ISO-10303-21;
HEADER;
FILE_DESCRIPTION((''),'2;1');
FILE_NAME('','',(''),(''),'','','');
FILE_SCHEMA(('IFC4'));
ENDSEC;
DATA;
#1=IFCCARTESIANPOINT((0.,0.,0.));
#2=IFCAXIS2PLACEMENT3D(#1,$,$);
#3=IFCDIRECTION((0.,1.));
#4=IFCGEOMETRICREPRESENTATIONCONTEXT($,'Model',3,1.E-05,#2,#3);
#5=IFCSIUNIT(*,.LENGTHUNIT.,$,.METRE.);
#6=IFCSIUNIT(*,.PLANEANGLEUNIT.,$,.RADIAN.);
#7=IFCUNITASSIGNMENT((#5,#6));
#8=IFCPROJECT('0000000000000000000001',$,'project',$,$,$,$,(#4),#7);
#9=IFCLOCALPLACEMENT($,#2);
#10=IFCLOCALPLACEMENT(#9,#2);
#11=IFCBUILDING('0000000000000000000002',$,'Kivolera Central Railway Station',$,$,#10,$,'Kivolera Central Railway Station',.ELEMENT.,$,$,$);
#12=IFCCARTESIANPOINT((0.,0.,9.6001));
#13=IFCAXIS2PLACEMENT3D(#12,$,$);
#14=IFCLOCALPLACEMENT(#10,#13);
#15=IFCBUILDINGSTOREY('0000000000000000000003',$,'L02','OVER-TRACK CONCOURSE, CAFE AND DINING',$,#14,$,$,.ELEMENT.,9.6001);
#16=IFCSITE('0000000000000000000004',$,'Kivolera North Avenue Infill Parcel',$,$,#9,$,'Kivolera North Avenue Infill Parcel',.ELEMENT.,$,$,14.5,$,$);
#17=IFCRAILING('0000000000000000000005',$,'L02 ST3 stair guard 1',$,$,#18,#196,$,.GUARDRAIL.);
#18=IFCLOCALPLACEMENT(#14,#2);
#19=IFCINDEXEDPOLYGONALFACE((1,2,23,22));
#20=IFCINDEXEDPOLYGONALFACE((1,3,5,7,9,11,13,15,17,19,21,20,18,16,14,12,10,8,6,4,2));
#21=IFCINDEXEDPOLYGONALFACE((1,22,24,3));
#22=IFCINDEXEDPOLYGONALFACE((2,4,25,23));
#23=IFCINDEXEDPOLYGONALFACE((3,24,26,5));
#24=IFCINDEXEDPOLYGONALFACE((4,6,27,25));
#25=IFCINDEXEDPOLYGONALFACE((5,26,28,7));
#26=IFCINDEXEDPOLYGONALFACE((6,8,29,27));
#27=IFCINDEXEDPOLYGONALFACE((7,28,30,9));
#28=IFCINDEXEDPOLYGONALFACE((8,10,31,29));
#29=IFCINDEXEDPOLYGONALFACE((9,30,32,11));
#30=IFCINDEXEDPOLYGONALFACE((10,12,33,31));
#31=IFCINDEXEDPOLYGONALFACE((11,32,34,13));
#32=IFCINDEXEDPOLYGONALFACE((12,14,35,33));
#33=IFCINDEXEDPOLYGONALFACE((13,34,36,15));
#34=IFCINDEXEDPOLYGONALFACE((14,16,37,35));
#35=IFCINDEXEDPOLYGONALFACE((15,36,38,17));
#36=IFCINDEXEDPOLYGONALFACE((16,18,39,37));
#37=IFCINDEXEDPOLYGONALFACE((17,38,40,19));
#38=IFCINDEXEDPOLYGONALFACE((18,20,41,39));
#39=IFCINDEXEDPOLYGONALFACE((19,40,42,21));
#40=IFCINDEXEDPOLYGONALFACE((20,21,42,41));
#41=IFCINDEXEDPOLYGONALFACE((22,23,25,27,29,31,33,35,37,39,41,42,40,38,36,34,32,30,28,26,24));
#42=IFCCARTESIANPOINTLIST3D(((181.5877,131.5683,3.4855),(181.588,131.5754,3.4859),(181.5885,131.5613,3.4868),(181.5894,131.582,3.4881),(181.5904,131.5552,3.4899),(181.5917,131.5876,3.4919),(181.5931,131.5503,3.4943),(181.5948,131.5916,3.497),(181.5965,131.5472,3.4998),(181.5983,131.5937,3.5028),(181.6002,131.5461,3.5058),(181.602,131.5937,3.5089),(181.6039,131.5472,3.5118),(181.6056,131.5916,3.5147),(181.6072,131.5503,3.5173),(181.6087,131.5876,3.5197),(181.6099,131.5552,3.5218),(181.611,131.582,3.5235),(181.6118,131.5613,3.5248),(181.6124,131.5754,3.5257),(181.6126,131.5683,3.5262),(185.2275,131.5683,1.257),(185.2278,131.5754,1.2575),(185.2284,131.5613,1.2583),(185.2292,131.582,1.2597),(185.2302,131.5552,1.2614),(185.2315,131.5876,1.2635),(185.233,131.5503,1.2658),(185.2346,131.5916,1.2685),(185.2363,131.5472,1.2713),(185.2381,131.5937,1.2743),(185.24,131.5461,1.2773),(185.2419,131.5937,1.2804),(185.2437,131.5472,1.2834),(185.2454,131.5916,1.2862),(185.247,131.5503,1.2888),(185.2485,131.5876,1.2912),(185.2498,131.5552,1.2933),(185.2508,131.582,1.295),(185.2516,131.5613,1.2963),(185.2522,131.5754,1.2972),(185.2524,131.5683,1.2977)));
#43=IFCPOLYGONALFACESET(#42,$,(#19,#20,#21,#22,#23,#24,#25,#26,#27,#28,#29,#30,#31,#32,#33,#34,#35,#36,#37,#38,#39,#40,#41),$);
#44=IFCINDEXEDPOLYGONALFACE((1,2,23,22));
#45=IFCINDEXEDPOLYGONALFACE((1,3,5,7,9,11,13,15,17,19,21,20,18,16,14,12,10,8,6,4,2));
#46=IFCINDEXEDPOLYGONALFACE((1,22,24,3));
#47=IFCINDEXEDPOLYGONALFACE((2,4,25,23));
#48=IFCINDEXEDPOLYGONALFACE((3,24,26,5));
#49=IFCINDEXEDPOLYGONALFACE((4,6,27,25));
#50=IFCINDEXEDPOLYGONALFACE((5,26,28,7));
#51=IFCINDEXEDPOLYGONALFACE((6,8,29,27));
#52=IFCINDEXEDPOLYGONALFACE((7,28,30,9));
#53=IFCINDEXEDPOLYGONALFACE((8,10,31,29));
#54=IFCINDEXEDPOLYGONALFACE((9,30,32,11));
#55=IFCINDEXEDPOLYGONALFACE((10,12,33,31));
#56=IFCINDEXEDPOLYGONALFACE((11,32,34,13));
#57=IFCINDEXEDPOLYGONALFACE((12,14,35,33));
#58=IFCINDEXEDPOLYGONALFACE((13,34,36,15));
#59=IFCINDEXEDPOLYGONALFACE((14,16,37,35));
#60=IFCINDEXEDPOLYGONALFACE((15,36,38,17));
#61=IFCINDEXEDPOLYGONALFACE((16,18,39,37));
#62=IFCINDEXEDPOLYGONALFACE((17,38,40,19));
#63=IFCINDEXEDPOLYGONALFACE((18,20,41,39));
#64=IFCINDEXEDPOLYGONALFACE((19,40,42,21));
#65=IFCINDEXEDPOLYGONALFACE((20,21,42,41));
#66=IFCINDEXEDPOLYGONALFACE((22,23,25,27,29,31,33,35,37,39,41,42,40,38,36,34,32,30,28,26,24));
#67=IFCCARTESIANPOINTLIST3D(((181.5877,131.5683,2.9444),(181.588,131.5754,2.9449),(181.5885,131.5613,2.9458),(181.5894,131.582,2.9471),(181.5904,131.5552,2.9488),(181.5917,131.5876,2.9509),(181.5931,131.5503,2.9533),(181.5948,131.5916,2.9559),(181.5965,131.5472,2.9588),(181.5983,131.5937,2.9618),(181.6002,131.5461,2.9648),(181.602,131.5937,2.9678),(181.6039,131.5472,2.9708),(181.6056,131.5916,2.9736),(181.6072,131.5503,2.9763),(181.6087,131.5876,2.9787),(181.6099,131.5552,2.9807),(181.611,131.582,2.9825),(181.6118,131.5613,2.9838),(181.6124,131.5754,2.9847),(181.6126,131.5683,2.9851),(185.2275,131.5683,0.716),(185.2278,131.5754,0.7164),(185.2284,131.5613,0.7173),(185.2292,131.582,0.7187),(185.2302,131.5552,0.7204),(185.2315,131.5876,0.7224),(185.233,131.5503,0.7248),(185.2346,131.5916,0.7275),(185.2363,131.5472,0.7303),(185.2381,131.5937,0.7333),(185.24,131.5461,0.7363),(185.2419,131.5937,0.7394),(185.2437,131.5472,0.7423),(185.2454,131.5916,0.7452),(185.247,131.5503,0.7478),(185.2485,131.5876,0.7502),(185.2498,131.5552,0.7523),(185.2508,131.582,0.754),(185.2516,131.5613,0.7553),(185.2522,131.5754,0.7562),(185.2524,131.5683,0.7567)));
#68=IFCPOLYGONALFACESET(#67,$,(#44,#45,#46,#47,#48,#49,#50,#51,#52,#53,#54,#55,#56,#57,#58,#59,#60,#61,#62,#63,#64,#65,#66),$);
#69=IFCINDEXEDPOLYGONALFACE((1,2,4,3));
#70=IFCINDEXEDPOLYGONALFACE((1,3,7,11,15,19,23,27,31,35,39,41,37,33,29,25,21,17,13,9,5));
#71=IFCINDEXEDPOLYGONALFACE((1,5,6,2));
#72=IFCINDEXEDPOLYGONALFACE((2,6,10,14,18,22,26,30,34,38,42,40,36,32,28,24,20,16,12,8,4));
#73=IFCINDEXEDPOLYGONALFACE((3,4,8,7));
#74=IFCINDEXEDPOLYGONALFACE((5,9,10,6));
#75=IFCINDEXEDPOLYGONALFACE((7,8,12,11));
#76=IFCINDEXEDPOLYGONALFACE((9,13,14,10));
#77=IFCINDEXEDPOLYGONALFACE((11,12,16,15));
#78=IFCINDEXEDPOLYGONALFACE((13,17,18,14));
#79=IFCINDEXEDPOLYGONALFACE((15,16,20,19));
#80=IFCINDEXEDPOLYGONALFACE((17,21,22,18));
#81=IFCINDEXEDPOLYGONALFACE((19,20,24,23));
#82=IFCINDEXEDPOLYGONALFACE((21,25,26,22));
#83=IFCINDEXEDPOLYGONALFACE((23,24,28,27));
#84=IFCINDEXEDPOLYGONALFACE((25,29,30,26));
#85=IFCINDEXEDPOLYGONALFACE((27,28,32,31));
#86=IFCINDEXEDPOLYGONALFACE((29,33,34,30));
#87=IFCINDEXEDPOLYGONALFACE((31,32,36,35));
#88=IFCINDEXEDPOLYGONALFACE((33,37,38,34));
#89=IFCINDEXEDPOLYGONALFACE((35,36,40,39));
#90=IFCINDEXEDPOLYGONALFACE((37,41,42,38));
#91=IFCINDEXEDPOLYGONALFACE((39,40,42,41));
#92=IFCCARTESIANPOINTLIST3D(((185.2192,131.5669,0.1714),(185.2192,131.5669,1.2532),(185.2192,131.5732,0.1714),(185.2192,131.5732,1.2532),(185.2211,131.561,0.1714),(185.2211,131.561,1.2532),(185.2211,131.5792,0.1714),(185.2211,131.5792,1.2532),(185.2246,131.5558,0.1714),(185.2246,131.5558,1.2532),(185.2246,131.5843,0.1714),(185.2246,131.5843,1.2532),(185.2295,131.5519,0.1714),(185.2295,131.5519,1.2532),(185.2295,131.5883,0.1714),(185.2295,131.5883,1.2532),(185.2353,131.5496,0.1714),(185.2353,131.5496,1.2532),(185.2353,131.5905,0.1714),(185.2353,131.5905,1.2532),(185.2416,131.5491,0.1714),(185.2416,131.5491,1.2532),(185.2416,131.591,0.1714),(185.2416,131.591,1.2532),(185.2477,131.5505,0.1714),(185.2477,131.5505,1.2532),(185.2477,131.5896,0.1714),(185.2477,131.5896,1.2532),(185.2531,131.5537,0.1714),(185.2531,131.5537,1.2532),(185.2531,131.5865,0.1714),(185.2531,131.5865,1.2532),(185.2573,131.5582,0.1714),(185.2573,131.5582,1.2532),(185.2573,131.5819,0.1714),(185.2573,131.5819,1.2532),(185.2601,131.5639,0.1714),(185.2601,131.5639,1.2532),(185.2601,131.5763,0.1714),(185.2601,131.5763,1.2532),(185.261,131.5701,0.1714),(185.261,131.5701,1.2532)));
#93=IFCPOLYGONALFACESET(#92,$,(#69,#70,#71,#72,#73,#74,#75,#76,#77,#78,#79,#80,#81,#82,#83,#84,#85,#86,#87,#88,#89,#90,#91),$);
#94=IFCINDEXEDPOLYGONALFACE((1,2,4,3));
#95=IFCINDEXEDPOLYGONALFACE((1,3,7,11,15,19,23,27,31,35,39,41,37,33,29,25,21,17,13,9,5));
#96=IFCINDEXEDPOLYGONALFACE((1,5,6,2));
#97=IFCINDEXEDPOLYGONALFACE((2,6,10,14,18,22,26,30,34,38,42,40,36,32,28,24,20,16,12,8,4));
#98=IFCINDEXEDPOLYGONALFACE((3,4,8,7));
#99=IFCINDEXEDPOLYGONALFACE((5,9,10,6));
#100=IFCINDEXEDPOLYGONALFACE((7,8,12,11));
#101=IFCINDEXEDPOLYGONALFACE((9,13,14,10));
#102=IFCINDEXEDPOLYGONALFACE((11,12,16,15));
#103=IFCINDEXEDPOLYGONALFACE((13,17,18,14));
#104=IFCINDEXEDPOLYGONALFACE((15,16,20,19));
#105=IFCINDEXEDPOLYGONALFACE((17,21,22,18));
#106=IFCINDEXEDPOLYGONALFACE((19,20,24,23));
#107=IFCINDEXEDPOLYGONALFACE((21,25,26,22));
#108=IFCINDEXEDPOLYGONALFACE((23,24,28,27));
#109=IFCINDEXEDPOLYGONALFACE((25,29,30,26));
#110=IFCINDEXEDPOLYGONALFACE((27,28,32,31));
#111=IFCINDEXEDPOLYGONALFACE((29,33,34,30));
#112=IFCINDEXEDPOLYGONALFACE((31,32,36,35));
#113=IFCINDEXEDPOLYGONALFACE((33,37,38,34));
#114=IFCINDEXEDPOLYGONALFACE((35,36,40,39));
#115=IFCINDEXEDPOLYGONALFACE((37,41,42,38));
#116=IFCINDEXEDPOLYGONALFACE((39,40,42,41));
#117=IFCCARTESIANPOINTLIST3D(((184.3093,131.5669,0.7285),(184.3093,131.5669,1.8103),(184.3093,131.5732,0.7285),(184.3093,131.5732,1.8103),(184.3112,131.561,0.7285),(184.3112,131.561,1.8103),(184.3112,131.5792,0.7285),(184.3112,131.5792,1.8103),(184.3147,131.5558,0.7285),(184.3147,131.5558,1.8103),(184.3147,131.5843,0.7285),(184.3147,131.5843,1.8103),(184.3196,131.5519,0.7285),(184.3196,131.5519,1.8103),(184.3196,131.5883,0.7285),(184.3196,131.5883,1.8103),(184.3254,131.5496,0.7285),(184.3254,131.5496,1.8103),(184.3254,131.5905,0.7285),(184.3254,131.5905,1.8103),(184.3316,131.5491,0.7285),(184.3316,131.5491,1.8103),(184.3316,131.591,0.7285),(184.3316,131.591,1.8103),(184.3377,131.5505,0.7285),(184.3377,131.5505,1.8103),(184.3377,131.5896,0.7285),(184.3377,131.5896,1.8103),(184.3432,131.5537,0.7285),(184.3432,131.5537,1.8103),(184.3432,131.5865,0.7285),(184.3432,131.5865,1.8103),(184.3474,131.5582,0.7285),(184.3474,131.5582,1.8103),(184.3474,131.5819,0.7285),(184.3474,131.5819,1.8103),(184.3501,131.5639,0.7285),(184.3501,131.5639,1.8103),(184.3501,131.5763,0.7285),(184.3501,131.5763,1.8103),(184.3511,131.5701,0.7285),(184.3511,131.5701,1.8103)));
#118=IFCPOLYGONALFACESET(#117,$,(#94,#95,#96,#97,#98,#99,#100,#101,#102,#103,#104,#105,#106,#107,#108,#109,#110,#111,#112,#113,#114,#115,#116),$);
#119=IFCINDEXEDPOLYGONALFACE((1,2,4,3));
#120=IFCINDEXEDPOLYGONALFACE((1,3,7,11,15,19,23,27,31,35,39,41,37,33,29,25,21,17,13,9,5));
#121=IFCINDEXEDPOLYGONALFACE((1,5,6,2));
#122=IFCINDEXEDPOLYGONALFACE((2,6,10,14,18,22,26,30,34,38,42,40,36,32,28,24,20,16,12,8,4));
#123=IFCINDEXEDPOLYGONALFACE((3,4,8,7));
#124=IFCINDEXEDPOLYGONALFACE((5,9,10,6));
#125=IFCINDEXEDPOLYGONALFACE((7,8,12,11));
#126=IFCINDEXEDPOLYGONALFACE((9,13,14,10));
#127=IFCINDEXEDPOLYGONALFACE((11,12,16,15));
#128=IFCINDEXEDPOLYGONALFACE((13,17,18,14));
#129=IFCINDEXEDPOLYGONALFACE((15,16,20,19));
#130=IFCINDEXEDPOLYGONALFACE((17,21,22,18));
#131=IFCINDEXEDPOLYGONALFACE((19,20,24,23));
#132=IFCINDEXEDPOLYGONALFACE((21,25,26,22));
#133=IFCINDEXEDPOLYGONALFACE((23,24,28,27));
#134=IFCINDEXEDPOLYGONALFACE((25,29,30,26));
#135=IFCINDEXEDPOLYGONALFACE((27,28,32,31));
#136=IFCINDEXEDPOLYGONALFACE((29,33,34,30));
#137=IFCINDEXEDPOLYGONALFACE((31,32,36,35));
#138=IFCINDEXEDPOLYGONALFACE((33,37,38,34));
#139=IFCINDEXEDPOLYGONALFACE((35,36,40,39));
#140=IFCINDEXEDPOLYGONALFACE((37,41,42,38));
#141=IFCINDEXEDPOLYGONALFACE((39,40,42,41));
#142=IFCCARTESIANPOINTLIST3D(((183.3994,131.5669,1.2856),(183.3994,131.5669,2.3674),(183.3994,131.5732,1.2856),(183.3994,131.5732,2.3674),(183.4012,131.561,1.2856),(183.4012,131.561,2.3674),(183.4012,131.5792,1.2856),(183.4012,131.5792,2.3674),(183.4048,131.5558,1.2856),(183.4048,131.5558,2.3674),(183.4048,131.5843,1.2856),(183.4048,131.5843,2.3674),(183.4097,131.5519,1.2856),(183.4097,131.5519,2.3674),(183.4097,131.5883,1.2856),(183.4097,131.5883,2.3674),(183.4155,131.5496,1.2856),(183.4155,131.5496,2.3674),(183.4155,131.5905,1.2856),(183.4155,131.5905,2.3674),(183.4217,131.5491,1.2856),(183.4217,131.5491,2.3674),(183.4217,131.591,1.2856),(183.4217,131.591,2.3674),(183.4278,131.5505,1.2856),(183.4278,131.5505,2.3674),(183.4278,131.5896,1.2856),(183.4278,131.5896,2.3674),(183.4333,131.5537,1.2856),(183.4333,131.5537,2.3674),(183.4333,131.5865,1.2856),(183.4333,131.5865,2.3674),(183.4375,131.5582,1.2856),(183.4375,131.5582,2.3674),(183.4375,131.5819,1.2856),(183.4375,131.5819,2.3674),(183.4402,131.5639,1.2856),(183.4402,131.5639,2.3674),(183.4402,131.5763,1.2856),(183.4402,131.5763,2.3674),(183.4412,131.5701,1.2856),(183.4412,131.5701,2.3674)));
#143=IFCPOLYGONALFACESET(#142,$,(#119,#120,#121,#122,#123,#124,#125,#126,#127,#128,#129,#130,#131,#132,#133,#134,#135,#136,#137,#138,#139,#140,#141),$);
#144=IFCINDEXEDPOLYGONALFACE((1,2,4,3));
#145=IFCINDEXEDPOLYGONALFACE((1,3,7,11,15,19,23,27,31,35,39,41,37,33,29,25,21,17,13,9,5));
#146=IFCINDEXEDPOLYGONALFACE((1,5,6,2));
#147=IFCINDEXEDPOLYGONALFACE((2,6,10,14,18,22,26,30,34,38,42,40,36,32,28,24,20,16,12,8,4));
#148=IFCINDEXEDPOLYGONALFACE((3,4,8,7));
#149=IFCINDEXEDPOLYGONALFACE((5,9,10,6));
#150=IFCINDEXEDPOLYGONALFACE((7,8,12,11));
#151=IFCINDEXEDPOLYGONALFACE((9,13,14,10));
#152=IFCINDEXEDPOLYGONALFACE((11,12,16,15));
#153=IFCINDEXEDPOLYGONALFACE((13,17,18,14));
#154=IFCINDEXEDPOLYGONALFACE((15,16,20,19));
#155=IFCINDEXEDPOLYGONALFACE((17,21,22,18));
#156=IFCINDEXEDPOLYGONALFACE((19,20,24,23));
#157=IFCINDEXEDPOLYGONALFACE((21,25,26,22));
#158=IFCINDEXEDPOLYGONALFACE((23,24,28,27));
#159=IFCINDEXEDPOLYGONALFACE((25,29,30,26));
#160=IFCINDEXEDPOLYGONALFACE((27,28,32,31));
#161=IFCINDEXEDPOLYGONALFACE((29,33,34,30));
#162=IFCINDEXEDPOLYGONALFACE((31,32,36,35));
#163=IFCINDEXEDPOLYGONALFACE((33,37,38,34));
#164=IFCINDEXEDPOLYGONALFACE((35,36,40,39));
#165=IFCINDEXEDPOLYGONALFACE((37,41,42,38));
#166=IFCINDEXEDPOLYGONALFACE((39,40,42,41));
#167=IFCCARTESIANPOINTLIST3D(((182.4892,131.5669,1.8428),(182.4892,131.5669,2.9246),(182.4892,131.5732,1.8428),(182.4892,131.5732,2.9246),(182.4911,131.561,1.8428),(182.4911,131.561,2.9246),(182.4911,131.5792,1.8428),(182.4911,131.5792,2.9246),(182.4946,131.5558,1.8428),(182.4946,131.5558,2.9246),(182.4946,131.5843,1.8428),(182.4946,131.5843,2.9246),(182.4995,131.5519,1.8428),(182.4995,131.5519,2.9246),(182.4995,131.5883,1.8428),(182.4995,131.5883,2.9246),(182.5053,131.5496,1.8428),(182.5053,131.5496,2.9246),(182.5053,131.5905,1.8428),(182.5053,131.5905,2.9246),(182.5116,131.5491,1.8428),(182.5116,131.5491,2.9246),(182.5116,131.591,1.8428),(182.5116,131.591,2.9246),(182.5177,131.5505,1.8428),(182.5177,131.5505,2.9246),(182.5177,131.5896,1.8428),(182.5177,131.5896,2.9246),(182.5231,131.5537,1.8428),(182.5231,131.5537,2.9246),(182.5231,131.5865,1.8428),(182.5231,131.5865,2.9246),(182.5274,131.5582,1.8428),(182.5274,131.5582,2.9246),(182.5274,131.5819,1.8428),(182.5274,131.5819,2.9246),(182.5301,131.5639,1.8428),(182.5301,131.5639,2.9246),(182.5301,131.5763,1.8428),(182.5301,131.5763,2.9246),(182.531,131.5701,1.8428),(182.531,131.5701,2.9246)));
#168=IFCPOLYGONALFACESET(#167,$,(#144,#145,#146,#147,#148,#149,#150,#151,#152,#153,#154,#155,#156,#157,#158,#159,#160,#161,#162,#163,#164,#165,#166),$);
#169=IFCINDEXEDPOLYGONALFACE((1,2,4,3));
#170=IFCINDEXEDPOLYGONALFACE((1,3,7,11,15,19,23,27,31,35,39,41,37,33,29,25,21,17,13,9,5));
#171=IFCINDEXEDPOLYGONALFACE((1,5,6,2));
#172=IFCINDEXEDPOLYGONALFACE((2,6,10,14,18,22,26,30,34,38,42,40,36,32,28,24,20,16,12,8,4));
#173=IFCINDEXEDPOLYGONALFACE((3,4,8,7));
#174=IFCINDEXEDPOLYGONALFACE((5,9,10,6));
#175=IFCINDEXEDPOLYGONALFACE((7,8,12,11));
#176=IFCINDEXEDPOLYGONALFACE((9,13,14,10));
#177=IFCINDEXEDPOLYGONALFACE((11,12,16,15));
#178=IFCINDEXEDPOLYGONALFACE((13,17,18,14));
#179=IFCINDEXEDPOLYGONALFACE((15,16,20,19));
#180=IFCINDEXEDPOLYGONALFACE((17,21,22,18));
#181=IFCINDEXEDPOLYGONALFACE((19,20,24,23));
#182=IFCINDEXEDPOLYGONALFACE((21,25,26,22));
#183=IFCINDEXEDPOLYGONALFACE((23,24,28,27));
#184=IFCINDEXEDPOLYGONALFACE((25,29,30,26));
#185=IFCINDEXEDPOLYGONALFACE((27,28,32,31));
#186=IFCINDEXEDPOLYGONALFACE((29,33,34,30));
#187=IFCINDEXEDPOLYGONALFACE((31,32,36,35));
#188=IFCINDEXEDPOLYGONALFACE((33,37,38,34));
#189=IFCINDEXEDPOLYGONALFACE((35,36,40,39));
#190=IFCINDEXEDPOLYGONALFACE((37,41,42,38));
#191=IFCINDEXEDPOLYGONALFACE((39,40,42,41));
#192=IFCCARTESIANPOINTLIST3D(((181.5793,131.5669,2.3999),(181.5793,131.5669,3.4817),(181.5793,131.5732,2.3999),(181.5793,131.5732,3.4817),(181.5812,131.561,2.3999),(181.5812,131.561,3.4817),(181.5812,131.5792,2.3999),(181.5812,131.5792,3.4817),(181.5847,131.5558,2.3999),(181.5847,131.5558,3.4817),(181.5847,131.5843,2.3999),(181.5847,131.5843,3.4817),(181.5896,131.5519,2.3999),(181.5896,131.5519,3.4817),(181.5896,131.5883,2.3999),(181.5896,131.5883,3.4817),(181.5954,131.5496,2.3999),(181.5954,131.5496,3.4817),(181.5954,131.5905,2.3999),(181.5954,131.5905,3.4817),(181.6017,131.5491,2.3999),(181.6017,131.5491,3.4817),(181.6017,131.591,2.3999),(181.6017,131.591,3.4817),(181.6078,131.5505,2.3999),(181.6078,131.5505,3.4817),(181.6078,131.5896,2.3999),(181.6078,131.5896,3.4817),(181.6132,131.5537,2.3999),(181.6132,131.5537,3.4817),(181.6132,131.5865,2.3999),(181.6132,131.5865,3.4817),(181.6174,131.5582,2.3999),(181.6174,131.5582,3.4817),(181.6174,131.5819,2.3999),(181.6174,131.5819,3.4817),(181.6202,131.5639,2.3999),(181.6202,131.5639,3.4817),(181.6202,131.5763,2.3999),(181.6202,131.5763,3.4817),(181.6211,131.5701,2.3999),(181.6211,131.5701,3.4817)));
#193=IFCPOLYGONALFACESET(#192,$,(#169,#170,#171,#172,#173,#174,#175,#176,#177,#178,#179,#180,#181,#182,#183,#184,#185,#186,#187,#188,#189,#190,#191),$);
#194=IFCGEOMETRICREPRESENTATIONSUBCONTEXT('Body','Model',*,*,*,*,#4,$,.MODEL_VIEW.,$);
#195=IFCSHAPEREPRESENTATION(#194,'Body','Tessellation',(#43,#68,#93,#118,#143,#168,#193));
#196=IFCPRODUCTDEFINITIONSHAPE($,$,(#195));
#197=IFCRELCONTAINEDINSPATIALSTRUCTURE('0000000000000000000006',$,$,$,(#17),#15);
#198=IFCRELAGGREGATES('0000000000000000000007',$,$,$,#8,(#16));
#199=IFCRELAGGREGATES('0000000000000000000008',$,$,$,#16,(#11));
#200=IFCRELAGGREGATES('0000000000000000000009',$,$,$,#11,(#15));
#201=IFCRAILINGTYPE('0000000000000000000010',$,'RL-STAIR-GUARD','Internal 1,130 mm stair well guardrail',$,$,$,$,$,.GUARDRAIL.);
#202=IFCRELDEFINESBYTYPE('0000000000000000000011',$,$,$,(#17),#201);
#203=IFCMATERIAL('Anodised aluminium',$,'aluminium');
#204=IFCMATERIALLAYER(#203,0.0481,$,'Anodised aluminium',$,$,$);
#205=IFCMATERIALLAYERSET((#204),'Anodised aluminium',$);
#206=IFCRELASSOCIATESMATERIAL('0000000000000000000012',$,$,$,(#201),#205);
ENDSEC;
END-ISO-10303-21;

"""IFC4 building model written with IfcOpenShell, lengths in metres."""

from ifc_helpers import new_model, si_unit, direction, frame, origin, origin_2d, place, context, subcontext, project, spatial, circle, extrude, material, layer, layer_set, type_object, element, save


model = new_model("IFC4")

# Units and contexts
model_context = context("Model", 3, precision=1e-05, world=origin(), true_north=direction((0.0, 1.0)))
body_context = subcontext(model_context, "Body", "Model", "MODEL_VIEW")
ifc_project = project(units=[si_unit("LENGTHUNIT", "METRE"), si_unit("PLANEANGLEUNIT", "RADIAN")], contexts=[model_context])

# Site, building, storey
site_placement = place(None, origin())
site = spatial("IfcSite", under=ifc_project, at=site_placement, Name="Kivolera North Avenue Infill Parcel", LongName="Kivolera North Avenue Infill Parcel", CompositionType="ELEMENT", RefElevation=14.5)
building_placement = place(site_placement, origin())
building = spatial("IfcBuilding", under=site, at=building_placement, Name="Kivolera Central Railway Station", LongName="Kivolera Central Railway Station", CompositionType="ELEMENT")
storey_placement = place(building_placement, frame((0.0, 0.0, 9.6001)))
storey = spatial("IfcBuildingStorey", under=building, at=storey_placement, Name="L02", Description="OVER-TRACK CONCOURSE, CAFE AND DINING", CompositionType="ELEMENT", Elevation=9.6001)

# Shared definitions
ifc_material_1 = material(Name="Anodised aluminium", Category="aluminium")

# Railing
ifc_layer_1 = layer(ifc_material_1, 0.0481, Name="Anodised aluminium")
ifc_layer_set_1 = layer_set([ifc_layer_1], Name="Anodised aluminium")
railing_type_1 = type_object("IfcRailingType", Name="RL-STAIR-GUARD", Description="Internal 1,130 mm stair well guardrail", PredefinedType="GUARDRAIL", material=ifc_layer_set_1)
railing_1_placement = place(storey_placement, frame((185.24, 131.5701, 0.1714)))
element("IfcRailing", 1, at=railing_1_placement, inside=storey, type_object=railing_type_1, Name="L02 ST3 stair guard 1", PredefinedType="GUARDRAIL", context=body_context, shape_type="SweptSolid", body=[
    extrude(circle(Radius=0.0239, at=origin_2d()), frame((0.0, 0.0, 1.106), z_axis=(-0.85285, 0.0, 0.522156), x_axis=(0.0, -1.0, 0.0)), (0.0, 0.0, 1.0), 4.2678),
    extrude(circle(Radius=0.0239, at=origin_2d()), frame((0.0, 0.0, 0.5649), z_axis=(-0.85285, 0.0, 0.522156), x_axis=(0.0, -1.0, 0.0)), (0.0, 0.0, 1.0), 4.2678),
    extrude(circle(Radius=0.021, at=origin_2d()), origin(), (0.0, 0.0, 1.0), 1.0818),
    extrude(circle(Radius=0.021, at=origin_2d()), frame((-0.9099, 0.0, 0.5571)), (0.0, 0.0, 1.0), 1.0818),
    extrude(circle(Radius=0.021, at=origin_2d()), frame((-1.8198, 0.0, 1.1143)), (0.0, 0.0, 1.0), 1.0818),
    extrude(circle(Radius=0.021, at=origin_2d()), frame((-2.73, 0.0, 1.6714)), (0.0, 0.0, 1.0), 1.0818),
    extrude(circle(Radius=0.021, at=origin_2d()), frame((-3.6399, 0.0, 2.2285)), (0.0, 0.0, 1.0), 1.0818),
])

save(model, "model.ifc")
